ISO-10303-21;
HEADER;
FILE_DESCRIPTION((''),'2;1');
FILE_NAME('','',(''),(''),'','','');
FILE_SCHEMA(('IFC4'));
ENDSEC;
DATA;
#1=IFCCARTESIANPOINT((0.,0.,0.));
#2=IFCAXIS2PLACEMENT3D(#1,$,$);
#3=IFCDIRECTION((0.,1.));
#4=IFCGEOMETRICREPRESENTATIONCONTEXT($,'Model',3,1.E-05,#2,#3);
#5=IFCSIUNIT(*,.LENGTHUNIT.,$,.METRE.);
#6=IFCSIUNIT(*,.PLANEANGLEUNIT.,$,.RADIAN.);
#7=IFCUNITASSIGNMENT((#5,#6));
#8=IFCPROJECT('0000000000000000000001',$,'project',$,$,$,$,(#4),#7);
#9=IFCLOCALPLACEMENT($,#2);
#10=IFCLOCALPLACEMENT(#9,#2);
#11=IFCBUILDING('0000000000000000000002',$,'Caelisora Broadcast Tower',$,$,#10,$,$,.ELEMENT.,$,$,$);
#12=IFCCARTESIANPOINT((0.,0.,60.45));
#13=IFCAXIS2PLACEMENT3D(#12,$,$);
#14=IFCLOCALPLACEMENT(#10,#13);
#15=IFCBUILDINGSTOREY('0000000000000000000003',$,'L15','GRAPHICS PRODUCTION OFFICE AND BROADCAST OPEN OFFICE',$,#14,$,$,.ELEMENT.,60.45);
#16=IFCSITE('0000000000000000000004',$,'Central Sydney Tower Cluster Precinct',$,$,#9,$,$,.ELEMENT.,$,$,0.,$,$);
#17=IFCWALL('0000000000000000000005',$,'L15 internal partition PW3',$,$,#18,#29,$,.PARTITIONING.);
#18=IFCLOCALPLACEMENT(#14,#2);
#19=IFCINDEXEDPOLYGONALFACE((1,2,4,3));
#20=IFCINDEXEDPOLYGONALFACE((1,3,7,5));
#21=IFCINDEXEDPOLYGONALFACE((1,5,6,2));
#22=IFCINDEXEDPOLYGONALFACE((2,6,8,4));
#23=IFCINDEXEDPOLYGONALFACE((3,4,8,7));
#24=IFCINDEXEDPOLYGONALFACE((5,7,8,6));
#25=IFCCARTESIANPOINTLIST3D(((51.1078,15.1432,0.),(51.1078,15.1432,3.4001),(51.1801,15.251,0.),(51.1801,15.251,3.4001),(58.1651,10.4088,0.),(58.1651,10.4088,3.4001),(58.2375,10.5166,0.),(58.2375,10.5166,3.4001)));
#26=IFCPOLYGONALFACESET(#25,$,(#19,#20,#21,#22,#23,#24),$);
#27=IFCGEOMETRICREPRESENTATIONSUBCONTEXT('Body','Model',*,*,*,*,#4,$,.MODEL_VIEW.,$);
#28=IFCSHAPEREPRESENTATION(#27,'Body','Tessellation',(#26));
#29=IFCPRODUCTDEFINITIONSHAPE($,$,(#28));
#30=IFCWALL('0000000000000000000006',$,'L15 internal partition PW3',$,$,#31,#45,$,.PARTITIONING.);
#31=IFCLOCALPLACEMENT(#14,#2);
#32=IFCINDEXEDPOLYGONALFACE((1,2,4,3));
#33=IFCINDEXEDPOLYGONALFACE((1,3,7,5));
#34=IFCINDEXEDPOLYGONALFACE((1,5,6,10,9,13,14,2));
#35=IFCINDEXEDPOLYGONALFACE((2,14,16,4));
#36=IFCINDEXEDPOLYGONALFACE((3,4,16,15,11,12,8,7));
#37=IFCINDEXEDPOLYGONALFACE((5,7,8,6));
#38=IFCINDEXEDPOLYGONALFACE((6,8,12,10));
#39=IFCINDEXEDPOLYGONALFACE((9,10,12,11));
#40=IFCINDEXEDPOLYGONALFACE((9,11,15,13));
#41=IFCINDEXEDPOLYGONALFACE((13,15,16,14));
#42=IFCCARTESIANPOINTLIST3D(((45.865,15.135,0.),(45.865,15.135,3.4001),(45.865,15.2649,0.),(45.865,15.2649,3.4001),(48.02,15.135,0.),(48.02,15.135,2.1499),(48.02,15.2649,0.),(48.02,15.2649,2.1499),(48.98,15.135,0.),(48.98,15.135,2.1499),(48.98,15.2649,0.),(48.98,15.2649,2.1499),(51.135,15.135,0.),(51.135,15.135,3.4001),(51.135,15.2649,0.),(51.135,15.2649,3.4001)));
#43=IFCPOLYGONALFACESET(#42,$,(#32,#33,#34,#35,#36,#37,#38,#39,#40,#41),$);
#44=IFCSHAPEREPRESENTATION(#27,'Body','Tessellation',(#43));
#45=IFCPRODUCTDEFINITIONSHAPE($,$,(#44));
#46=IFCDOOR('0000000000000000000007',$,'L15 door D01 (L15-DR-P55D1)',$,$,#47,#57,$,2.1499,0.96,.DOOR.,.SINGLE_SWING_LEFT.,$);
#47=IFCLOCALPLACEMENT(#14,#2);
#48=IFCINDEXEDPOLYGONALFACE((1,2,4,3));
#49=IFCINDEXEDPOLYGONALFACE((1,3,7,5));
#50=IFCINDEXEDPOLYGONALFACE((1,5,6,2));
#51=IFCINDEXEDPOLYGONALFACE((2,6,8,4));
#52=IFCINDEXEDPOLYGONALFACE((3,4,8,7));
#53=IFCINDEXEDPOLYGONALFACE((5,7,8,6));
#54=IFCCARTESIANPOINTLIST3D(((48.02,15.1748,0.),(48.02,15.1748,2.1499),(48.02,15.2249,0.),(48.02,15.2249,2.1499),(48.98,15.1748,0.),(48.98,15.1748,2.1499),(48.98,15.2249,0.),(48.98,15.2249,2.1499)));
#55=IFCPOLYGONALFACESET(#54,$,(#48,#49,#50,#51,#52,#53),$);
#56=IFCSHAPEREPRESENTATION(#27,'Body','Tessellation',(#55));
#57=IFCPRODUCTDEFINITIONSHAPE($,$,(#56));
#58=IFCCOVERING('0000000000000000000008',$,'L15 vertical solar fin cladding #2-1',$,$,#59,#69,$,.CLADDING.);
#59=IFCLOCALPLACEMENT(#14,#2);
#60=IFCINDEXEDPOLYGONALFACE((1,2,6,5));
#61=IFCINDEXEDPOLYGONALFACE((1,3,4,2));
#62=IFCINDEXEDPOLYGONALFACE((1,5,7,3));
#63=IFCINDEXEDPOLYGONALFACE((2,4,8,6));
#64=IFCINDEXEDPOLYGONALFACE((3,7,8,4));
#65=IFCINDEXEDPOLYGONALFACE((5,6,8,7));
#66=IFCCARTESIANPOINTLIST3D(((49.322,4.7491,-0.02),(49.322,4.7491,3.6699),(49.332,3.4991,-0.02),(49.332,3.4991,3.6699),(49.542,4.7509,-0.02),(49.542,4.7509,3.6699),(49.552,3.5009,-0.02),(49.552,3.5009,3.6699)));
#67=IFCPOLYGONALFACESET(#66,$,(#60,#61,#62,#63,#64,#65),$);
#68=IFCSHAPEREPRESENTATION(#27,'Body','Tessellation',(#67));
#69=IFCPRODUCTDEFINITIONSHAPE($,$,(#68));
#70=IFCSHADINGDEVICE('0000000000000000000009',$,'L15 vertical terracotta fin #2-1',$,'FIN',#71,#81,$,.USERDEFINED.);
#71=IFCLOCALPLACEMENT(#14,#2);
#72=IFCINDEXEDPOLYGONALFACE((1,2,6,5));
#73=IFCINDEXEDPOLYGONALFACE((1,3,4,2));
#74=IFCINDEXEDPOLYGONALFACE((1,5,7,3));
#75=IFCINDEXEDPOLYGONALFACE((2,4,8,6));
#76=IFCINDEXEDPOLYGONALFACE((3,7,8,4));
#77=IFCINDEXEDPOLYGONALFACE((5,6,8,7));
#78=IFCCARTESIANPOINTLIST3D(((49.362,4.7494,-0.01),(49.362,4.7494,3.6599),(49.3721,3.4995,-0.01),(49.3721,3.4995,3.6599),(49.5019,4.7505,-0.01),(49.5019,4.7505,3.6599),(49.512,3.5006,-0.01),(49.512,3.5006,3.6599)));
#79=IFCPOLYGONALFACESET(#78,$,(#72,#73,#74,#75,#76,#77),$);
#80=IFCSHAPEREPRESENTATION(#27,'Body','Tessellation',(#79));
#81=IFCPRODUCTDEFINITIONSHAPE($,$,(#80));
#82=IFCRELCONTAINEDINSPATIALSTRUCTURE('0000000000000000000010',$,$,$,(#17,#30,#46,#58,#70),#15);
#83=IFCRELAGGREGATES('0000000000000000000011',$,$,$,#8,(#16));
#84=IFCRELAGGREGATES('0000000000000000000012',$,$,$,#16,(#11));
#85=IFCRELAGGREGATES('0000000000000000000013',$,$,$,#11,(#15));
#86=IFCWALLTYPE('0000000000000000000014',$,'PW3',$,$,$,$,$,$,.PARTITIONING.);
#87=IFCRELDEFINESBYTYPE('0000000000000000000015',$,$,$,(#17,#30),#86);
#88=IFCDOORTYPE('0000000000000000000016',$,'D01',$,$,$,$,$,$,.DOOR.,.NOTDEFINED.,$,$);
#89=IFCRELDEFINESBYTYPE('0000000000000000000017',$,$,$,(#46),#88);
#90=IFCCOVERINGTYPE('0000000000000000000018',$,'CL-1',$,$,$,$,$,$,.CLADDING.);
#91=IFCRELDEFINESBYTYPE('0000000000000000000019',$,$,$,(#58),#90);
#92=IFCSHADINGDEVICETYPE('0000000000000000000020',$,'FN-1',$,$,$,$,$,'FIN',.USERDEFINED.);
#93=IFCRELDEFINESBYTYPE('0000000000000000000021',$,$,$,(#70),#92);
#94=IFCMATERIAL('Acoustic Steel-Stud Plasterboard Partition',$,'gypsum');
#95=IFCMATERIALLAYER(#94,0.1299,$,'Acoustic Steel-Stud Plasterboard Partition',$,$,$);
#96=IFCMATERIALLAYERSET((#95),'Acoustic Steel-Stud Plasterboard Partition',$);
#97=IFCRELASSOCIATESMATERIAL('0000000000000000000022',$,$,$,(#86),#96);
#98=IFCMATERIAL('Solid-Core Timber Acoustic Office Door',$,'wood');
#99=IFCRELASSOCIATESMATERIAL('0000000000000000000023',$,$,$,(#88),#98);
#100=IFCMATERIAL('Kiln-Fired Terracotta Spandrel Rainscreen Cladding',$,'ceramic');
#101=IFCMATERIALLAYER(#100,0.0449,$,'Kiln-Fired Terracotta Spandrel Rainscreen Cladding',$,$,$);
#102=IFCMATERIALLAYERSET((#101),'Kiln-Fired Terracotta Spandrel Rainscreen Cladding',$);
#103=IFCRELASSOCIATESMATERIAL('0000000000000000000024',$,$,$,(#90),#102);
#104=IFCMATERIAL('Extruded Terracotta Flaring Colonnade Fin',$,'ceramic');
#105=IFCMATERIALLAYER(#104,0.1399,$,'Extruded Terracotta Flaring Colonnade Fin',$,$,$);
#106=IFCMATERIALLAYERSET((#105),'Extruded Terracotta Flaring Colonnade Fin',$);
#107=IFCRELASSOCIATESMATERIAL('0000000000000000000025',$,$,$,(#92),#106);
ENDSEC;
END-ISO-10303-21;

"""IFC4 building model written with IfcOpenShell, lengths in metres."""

from ifc_helpers import new_model, si_unit, direction, frame, frame_2d, origin, origin_2d, place, context, subcontext, project, spatial, rectangle, extrude, source, transform, mapped, material, layer, layer_set, type_object, type_shapes, element, fill, save


model = new_model("IFC4")

# Units and contexts
model_context = context("Model", 3, precision=1e-05, world=origin(), true_north=direction((0.0, 1.0)))
body_context = subcontext(model_context, "Body", "Model", "MODEL_VIEW")
ifc_project = project(units=[si_unit("LENGTHUNIT", "METRE"), si_unit("PLANEANGLEUNIT", "RADIAN")], contexts=[model_context])

# Site, building, storey
site_placement = place(None, origin())
site = spatial("IfcSite", under=ifc_project, at=site_placement, Name="Central Sydney Tower Cluster Precinct", CompositionType="ELEMENT", RefElevation=0.0)
building_placement = place(site_placement, origin())
building = spatial("IfcBuilding", under=site, at=building_placement, Name="Caelisora Broadcast Tower", CompositionType="ELEMENT")
storey_placement = place(building_placement, frame((0.0, 0.0, 60.45)))
storey = spatial("IfcBuildingStorey", under=building, at=storey_placement, Name="L15", Description="GRAPHICS PRODUCTION OFFICE AND BROADCAST OPEN OFFICE", CompositionType="ELEMENT", Elevation=60.45)

# Shared definitions
ifc_material_1 = material(Name="Acoustic Steel-Stud Plasterboard Partition", Category="gypsum")
ifc_layer_1 = layer(ifc_material_1, 0.1299, Name="Acoustic Steel-Stud Plasterboard Partition")
ifc_layer_set_1 = layer_set([ifc_layer_1], Name="Acoustic Steel-Stud Plasterboard Partition")
wall_type = type_object("IfcWallType", Name="PW3", PredefinedType="PARTITIONING", material=ifc_layer_set_1)

# Shared definitions
ifc_material_2 = material(Name="Solid-Core Timber Acoustic Office Door", Category="wood")
door_type = type_object("IfcDoorType", Name="D01", OperationType="NOTDEFINED", PredefinedType="DOOR", material=ifc_material_2)

# Wall
wall_1_placement = place(storey_placement, frame((51.144, 15.197, 0.0), z_axis=(0.0, 0.0, 1.0), x_axis=(0.830447, -0.557098, 0.0)))
element("IfcWall", 1, at=wall_1_placement, inside=storey, type_object=wall_type, Name="L15 internal partition PW3", PredefinedType="PARTITIONING", context=body_context, shape_type="SweptSolid", body=[
    extrude(rectangle(XDim=8.4983, YDim=0.1299, at=frame_2d((4.249, 0.0))), origin(), (0.0, 0.0, 1.0), 3.4001),
])

# Wall, opening, door
wall_2_placement = place(storey_placement, frame((45.865, 15.2, 0.0), z_axis=(0.0, 0.0, 1.0), x_axis=(1.0, 0.0, 0.0)))
wall_2 = element("IfcWall", 2, at=wall_2_placement, inside=storey, type_object=wall_type, Name="L15 internal partition PW3", PredefinedType="PARTITIONING", context=body_context, shape_type="SweptSolid", body=[
    extrude(rectangle(XDim=5.27, YDim=0.1299, at=frame_2d((2.635, 0.0))), origin(), (0.0, 0.0, 1.0), 3.4001),
])
opening_1_placement = place(wall_2_placement, frame((2.155, 0.0, 0.0)))
opening_1 = element("IfcOpeningElement", 3, at=opening_1_placement, cuts=wall_2, PredefinedType="OPENING", context=body_context, shape_type="SweptSolid", body=[
    extrude(rectangle(XDim=0.96, YDim=2.1499, at=frame_2d((0.48, 1.075))), frame((0.0, 0.0769, 0.0), z_axis=(0.0, -1.0, 0.0), x_axis=(1.0, 0.0, 0.0)), (0.0, 0.0, 1.0), 0.1538),
])
door_1_placement = place(opening_1_placement, origin())
door_1 = element("IfcDoor", 4, at=door_1_placement, inside=storey, type_object=door_type, Name="L15 door D01 (L15-DR-P55D1)", OperationType="SINGLE_SWING_LEFT", OverallHeight=2.1499, OverallWidth=0.96, PredefinedType="DOOR", context=body_context, shape_type="SweptSolid", body=[
    extrude(rectangle(XDim=0.96, YDim=2.1499, at=frame_2d((0.48, 1.075))), frame((0.0, 0.0249, 0.0), z_axis=(0.0, -1.0, 0.0), x_axis=(1.0, 0.0, 0.0)), (0.0, 0.0, 1.0), 0.05),
])
fill(opening_1, door_1)

# Covering
ifc_material_3 = material(Name="Kiln-Fired Terracotta Spandrel Rainscreen Cladding", Category="ceramic")
ifc_layer_2 = layer(ifc_material_3, 0.0449, Name="Kiln-Fired Terracotta Spandrel Rainscreen Cladding")
ifc_layer_set_2 = layer_set([ifc_layer_2], Name="Kiln-Fired Terracotta Spandrel Rainscreen Cladding")
covering_type = type_object("IfcCoveringType", Name="CL-1", PredefinedType="CLADDING", material=ifc_layer_set_2)
shared_shape_1 = source(origin(), body_context, "Body", "SweptSolid", [
    extrude(rectangle(XDim=0.22, YDim=1.25, at=origin_2d()), origin(), (0.0, 0.0, 1.0), 3.6899),
])
type_shapes(covering_type, [shared_shape_1])
covering_placement = place(storey_placement, frame((49.437, 4.125, -0.02), z_axis=(0.0, 0.0, 1.0), x_axis=(-0.999968, -0.008028, 0.0)))
element("IfcCovering", 5, at=covering_placement, inside=storey, type_object=covering_type, Name="L15 vertical solar fin cladding #2-1", PredefinedType="CLADDING", context=body_context, shape_type="MappedRepresentation", body=[
    mapped(shared_shape_1, transform((0.0, 0.0, 0.0), scale=1.0)),
])

# Shading device
ifc_material_4 = material(Name="Extruded Terracotta Flaring Colonnade Fin", Category="ceramic")
ifc_layer_3 = layer(ifc_material_4, 0.1399, Name="Extruded Terracotta Flaring Colonnade Fin")
ifc_layer_set_3 = layer_set([ifc_layer_3], Name="Extruded Terracotta Flaring Colonnade Fin")
shading_device_type = type_object("IfcShadingDeviceType", Name="FN-1", ElementType="FIN", PredefinedType="USERDEFINED", material=ifc_layer_set_3)
shared_shape_2 = source(origin(), body_context, "Body", "SweptSolid", [
    extrude(rectangle(XDim=0.1399, YDim=1.25, at=origin_2d()), origin(), (0.0, 0.0, 1.0), 3.6699),
])
type_shapes(shading_device_type, [shared_shape_2])
shading_device_placement = place(storey_placement, frame((49.437, 4.125, -0.01), z_axis=(0.0, 0.0, 1.0), x_axis=(-0.999968, -0.008028, 0.0)))
element("IfcShadingDevice", 6, at=shading_device_placement, inside=storey, type_object=shading_device_type, Name="L15 vertical terracotta fin #2-1", ObjectType="FIN", PredefinedType="USERDEFINED", context=body_context, shape_type="MappedRepresentation", body=[
    mapped(shared_shape_2, transform((0.0, 0.0, 0.0), scale=1.0)),
])

save(model, "model.ifc")
